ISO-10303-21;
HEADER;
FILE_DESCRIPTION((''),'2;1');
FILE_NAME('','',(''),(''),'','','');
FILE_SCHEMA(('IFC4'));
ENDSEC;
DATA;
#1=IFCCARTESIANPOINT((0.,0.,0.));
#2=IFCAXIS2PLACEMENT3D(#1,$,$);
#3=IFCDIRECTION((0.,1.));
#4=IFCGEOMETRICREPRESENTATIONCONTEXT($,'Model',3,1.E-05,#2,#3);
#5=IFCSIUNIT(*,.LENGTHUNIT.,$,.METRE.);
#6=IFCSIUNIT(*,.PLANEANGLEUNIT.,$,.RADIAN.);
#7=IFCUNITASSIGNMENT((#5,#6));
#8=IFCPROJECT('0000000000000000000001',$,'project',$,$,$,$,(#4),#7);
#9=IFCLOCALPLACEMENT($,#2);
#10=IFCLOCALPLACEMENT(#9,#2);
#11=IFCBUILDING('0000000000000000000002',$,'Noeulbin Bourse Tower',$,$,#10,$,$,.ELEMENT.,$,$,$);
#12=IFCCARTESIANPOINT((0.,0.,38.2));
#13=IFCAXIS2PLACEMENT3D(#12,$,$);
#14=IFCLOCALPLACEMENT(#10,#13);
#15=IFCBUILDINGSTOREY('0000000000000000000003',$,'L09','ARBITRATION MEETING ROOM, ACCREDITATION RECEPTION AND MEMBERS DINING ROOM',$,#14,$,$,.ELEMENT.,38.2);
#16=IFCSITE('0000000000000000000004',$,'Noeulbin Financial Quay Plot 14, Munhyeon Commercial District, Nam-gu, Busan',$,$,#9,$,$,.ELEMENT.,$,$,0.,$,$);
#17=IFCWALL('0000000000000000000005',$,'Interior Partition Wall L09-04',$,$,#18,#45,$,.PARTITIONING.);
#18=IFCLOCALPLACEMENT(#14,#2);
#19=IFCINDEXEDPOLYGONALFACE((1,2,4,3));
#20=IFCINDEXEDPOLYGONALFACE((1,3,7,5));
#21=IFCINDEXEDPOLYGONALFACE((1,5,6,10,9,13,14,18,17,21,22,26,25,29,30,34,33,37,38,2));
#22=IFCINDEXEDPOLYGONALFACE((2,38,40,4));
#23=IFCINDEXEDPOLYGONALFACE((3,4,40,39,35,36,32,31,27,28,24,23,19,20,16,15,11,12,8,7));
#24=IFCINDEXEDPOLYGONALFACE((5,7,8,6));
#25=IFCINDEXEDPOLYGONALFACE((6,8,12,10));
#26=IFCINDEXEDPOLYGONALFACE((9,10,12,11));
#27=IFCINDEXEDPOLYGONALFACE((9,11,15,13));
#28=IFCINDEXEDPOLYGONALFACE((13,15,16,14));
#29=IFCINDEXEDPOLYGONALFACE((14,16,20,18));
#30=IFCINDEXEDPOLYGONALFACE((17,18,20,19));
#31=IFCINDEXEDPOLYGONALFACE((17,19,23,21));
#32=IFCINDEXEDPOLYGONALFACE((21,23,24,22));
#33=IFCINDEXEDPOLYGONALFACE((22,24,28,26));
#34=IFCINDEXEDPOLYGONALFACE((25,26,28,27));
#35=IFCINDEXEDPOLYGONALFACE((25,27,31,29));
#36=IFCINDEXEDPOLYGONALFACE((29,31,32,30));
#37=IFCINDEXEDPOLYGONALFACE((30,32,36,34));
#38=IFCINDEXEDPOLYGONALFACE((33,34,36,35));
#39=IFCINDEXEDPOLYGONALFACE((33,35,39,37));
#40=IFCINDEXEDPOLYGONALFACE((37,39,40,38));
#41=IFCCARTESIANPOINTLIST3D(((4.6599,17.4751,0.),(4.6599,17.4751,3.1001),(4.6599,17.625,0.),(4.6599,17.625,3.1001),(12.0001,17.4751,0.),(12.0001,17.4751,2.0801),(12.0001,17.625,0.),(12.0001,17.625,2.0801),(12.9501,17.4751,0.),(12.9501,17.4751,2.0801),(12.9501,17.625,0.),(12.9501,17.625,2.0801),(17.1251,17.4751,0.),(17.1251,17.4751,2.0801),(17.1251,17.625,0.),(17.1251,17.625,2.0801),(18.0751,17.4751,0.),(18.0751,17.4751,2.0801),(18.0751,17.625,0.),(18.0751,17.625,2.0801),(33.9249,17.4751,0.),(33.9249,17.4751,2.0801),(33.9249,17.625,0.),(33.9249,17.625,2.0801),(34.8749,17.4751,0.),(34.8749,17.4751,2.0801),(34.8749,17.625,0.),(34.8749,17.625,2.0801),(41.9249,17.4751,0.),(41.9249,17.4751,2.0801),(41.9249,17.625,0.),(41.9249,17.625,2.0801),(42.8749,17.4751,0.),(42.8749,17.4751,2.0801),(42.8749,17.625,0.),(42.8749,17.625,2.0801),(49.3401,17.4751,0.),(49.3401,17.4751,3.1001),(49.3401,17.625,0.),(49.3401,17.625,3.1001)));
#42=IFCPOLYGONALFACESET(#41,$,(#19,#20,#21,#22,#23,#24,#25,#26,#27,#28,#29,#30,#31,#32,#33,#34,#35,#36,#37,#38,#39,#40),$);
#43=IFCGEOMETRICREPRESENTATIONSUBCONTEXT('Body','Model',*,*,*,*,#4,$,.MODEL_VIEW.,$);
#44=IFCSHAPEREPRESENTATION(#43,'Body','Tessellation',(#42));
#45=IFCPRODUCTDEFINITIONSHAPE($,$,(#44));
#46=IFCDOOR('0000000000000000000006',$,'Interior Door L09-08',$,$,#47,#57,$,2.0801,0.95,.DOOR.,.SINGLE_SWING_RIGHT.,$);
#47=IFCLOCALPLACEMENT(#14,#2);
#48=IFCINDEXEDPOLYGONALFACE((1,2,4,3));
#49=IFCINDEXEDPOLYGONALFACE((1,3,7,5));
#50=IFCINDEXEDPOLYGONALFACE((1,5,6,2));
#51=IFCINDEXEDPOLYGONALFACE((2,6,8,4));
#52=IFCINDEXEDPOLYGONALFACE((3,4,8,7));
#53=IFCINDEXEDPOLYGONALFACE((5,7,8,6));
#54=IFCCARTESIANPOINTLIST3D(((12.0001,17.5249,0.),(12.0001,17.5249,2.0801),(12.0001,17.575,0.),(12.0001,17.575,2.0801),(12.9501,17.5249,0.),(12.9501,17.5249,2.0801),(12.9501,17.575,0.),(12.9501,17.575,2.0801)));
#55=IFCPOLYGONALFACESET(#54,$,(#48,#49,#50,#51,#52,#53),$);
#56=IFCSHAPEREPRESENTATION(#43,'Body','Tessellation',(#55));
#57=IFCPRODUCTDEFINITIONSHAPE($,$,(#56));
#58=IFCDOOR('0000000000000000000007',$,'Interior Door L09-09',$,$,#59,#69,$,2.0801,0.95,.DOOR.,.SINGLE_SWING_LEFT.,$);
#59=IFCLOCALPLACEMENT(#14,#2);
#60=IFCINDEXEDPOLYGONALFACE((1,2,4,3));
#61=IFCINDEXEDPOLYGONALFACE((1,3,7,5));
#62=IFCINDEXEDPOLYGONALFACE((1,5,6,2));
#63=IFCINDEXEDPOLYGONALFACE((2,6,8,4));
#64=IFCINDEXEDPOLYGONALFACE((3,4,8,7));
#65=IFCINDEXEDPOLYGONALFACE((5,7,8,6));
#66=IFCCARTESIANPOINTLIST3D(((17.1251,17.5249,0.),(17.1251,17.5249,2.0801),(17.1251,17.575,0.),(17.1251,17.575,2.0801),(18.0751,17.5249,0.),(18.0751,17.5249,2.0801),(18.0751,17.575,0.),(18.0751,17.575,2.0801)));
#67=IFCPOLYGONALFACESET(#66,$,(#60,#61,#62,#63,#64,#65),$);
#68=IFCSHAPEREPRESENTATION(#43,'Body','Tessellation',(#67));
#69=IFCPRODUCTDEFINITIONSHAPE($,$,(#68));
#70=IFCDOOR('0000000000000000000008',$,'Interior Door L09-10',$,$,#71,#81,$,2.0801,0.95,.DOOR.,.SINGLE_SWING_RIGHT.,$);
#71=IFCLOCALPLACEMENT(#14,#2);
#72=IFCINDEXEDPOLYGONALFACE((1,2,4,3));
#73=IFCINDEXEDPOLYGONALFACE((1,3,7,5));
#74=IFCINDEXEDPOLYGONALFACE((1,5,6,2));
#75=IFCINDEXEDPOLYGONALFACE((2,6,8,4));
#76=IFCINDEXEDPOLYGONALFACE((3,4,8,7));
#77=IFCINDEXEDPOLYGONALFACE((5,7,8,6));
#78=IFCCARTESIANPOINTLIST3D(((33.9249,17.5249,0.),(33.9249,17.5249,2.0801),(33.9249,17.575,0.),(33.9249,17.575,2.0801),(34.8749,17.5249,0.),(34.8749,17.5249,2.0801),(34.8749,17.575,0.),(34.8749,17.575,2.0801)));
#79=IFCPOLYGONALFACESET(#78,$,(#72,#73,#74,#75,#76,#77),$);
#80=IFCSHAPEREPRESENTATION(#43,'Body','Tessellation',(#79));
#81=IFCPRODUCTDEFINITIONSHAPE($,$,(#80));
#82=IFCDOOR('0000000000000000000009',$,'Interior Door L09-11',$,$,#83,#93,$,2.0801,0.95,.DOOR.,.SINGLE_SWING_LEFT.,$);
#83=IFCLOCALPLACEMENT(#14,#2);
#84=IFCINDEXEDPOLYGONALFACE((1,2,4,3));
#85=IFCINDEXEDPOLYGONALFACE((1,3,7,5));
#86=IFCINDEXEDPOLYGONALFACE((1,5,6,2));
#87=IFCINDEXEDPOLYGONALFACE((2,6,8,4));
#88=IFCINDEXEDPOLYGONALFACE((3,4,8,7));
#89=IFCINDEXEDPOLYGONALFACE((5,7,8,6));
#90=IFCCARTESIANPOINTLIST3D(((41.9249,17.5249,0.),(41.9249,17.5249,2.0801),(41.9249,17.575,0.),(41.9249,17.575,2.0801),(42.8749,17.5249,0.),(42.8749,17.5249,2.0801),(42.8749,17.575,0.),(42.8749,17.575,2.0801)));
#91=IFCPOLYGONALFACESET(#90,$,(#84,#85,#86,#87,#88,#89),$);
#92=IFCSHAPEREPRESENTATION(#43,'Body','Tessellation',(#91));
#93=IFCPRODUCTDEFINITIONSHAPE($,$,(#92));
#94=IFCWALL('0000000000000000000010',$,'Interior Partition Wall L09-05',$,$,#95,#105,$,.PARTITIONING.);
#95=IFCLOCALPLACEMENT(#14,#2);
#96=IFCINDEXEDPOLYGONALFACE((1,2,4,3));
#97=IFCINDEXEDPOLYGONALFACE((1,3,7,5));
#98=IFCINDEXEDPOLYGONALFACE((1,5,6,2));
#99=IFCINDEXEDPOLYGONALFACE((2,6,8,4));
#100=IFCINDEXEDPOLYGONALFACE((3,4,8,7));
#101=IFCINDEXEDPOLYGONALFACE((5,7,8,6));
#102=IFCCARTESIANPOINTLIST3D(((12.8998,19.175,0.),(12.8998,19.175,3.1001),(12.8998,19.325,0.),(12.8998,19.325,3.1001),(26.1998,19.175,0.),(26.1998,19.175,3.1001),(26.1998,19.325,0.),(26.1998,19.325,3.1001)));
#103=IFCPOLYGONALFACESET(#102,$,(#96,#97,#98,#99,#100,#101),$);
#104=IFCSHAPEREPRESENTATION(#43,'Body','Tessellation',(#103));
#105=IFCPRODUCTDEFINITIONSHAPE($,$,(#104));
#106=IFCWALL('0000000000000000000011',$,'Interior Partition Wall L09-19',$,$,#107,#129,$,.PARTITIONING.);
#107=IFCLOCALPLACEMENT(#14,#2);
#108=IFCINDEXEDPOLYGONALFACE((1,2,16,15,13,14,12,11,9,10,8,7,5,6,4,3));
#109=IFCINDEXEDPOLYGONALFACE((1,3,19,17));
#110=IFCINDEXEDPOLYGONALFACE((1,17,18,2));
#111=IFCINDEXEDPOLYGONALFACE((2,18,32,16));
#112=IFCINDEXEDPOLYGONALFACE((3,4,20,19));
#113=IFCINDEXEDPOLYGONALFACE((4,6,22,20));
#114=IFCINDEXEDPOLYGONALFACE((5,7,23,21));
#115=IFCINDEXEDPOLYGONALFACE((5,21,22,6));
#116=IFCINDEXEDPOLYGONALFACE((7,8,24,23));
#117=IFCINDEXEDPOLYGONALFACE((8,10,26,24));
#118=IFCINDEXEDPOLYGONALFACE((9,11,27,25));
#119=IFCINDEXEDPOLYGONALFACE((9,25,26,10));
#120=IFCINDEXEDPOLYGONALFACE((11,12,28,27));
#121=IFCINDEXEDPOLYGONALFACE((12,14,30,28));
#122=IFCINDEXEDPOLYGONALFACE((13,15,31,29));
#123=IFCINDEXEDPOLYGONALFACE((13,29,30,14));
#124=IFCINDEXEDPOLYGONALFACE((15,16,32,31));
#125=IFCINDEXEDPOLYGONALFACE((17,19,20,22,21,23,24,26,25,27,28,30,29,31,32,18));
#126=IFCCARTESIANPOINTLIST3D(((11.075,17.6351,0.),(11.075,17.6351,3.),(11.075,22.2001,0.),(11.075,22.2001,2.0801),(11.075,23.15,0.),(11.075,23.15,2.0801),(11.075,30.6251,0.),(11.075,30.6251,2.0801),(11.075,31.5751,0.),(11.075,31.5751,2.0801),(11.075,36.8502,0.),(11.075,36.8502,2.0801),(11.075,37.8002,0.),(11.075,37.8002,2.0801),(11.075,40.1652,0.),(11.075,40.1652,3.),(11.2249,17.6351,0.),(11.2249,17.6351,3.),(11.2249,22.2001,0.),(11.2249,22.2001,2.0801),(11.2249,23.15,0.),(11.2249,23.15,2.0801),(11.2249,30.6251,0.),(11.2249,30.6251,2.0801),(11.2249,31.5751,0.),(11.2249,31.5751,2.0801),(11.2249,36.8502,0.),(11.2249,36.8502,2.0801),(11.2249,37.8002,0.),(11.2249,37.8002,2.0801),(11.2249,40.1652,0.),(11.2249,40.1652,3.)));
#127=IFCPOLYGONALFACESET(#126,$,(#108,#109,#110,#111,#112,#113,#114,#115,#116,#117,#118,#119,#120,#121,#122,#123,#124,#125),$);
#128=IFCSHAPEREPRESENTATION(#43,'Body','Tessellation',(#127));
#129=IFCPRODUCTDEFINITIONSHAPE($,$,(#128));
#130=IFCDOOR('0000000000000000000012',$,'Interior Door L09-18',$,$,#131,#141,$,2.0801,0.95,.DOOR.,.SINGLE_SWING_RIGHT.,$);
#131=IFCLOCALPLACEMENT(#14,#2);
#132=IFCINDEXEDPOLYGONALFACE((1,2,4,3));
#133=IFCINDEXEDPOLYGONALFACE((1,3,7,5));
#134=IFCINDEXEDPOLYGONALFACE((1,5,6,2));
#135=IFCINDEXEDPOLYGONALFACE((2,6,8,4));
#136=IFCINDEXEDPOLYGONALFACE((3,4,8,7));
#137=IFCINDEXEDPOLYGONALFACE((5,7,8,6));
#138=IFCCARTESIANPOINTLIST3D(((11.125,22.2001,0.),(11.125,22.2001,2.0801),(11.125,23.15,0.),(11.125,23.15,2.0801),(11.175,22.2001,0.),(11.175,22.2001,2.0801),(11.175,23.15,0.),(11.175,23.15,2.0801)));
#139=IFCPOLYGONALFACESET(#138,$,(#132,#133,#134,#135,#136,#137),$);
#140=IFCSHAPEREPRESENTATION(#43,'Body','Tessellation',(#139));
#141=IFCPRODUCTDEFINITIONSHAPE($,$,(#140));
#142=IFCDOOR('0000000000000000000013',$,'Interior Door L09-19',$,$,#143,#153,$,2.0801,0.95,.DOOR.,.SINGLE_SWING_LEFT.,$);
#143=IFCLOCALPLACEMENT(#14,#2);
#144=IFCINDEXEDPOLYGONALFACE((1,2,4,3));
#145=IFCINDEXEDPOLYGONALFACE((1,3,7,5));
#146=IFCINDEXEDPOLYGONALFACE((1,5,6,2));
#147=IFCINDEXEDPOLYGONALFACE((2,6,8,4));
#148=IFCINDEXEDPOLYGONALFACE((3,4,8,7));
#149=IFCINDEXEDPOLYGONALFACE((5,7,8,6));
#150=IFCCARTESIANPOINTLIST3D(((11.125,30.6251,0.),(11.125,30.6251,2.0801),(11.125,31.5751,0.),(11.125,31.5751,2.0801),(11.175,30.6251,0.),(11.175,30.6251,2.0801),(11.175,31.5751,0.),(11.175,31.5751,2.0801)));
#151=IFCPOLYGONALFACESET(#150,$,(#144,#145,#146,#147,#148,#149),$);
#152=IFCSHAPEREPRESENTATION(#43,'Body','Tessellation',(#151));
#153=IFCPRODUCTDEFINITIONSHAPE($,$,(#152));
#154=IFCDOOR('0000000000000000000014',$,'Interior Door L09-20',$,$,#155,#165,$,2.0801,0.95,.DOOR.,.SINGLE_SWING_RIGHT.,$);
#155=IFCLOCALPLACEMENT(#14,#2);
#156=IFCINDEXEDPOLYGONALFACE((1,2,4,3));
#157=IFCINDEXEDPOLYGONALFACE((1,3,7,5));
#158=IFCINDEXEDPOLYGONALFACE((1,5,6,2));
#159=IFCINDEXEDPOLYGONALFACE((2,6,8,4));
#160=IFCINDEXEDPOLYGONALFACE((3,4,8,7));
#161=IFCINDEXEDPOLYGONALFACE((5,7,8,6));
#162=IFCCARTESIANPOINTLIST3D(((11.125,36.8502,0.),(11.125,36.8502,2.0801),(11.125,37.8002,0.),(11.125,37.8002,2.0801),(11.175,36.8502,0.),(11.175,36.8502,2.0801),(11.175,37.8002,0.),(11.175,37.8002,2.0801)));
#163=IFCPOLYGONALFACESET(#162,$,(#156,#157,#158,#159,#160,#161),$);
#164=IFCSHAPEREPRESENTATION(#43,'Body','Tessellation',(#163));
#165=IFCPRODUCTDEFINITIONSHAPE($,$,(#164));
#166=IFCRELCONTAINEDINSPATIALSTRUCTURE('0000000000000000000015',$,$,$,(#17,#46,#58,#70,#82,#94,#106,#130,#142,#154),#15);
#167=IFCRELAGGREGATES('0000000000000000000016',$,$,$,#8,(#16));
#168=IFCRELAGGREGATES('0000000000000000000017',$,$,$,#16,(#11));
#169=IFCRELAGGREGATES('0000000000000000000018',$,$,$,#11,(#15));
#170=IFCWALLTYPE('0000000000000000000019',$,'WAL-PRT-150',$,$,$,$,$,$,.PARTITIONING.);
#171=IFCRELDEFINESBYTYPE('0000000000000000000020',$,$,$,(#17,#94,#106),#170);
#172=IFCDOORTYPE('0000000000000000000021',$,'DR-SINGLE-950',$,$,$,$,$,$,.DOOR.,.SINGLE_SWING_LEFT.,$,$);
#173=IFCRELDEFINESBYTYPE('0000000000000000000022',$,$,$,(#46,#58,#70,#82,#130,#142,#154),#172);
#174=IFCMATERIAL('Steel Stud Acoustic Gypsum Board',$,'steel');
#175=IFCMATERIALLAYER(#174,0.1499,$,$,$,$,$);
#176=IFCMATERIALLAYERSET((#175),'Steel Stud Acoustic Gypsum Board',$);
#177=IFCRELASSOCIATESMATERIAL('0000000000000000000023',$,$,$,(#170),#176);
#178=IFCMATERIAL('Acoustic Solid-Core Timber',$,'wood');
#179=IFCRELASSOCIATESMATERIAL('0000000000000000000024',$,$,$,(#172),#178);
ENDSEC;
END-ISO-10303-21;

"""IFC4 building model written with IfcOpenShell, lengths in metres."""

from ifc_helpers import new_model, si_unit, direction, frame, frame_2d, origin, place, context, subcontext, project, spatial, rectangle, extrude, material, layer, layer_set, type_object, element, fill, save


model = new_model("IFC4")

# Units and contexts
model_context = context("Model", 3, precision=1e-05, world=origin(), true_north=direction((0.0, 1.0)))
body_context = subcontext(model_context, "Body", "Model", "MODEL_VIEW")
ifc_project = project(units=[si_unit("LENGTHUNIT", "METRE"), si_unit("PLANEANGLEUNIT", "RADIAN")], contexts=[model_context])

# Site, building, storey
site_placement = place(None, origin())
site = spatial("IfcSite", under=ifc_project, at=site_placement, Name="Noeulbin Financial Quay Plot 14, Munhyeon Commercial District, Nam-gu, Busan", CompositionType="ELEMENT", RefElevation=0.0)
building_placement = place(site_placement, origin())
building = spatial("IfcBuilding", under=site, at=building_placement, Name="Noeulbin Bourse Tower", CompositionType="ELEMENT")
storey_placement = place(building_placement, frame((0.0, 0.0, 38.2)))
storey = spatial("IfcBuildingStorey", under=building, at=storey_placement, Name="L09", Description="ARBITRATION MEETING ROOM, ACCREDITATION RECEPTION AND MEMBERS DINING ROOM", CompositionType="ELEMENT", Elevation=38.2)

# Wall, openings, doors
ifc_material_1 = material(Name="Steel Stud Acoustic Gypsum Board", Category="steel")
ifc_layer_1 = layer(ifc_material_1, 0.1499)
ifc_layer_set_1 = layer_set([ifc_layer_1], Name="Steel Stud Acoustic Gypsum Board")
wall_type = type_object("IfcWallType", Name="WAL-PRT-150", PredefinedType="PARTITIONING", material=ifc_layer_set_1)
wall_1_placement = place(storey_placement, frame((4.6599, 17.55, 0.0), z_axis=(0.0, 0.0, 1.0), x_axis=(1.0, 0.0, 0.0)))
wall_1 = element("IfcWall", 1, at=wall_1_placement, inside=storey, type_object=wall_type, Name="Interior Partition Wall L09-04", PredefinedType="PARTITIONING", context=body_context, shape_type="SweptSolid", body=[
    extrude(rectangle(XDim=44.6802, YDim=0.1499, at=frame_2d((22.3401, 0.0))), origin(), (0.0, 0.0, 1.0), 3.1001),
])
opening_1_placement = place(wall_1_placement, frame((7.3401, 0.0, 0.0)))
opening_1 = element("IfcOpeningElement", 2, at=opening_1_placement, cuts=wall_1, PredefinedType="OPENING", context=body_context, shape_type="SweptSolid", body=[
    extrude(rectangle(XDim=0.95, YDim=2.0801, at=frame_2d((0.4751, 1.04))), frame((0.0, 0.085, 0.0), z_axis=(0.0, -1.0, 0.0), x_axis=(1.0, 0.0, 0.0)), (0.0, 0.0, 1.0), 0.1699),
])
opening_2_placement = place(wall_1_placement, frame((12.4651, 0.0, 0.0)))
opening_2 = element("IfcOpeningElement", 3, at=opening_2_placement, cuts=wall_1, PredefinedType="OPENING", context=body_context, shape_type="SweptSolid", body=[
    extrude(rectangle(XDim=0.95, YDim=2.0801, at=frame_2d((0.4751, 1.04))), frame((0.0, 0.085, 0.0), z_axis=(0.0, -1.0, 0.0), x_axis=(1.0, 0.0, 0.0)), (0.0, 0.0, 1.0), 0.1699),
])
opening_3_placement = place(wall_1_placement, frame((29.2649, 0.0, 0.0)))
opening_3 = element("IfcOpeningElement", 4, at=opening_3_placement, cuts=wall_1, PredefinedType="OPENING", context=body_context, shape_type="SweptSolid", body=[
    extrude(rectangle(XDim=0.95, YDim=2.0801, at=frame_2d((0.4751, 1.04))), frame((0.0, 0.085, 0.0), z_axis=(0.0, -1.0, 0.0), x_axis=(1.0, 0.0, 0.0)), (0.0, 0.0, 1.0), 0.1699),
])
opening_4_placement = place(wall_1_placement, frame((37.2649, 0.0, 0.0)))
opening_4 = element("IfcOpeningElement", 5, at=opening_4_placement, cuts=wall_1, PredefinedType="OPENING", context=body_context, shape_type="SweptSolid", body=[
    extrude(rectangle(XDim=0.95, YDim=2.0801, at=frame_2d((0.4751, 1.04))), frame((0.0, 0.085, 0.0), z_axis=(0.0, -1.0, 0.0), x_axis=(1.0, 0.0, 0.0)), (0.0, 0.0, 1.0), 0.1699),
])
ifc_material_2 = material(Name="Acoustic Solid-Core Timber", Category="wood")
door_type = type_object("IfcDoorType", Name="DR-SINGLE-950", OperationType="SINGLE_SWING_LEFT", PredefinedType="DOOR", material=ifc_material_2)
door_1_placement = place(opening_1_placement, origin())
door_1 = element("IfcDoor", 6, at=door_1_placement, inside=storey, type_object=door_type, Name="Interior Door L09-08", OperationType="SINGLE_SWING_RIGHT", OverallHeight=2.0801, OverallWidth=0.95, PredefinedType="DOOR", context=body_context, shape_type="SweptSolid", body=[
    extrude(rectangle(XDim=0.95, YDim=2.0801, at=frame_2d((0.4751, 1.04))), frame((0.0, 0.0249, 0.0), z_axis=(0.0, -1.0, 0.0), x_axis=(1.0, 0.0, 0.0)), (0.0, 0.0, 1.0), 0.05),
])
fill(opening_1, door_1)
door_2_placement = place(opening_2_placement, origin())
door_2 = element("IfcDoor", 7, at=door_2_placement, inside=storey, type_object=door_type, Name="Interior Door L09-09", OperationType="SINGLE_SWING_LEFT", OverallHeight=2.0801, OverallWidth=0.95, PredefinedType="DOOR", context=body_context, shape_type="SweptSolid", body=[
    extrude(rectangle(XDim=0.95, YDim=2.0801, at=frame_2d((0.4751, 1.04))), frame((0.0, 0.0249, 0.0), z_axis=(0.0, -1.0, 0.0), x_axis=(1.0, 0.0, 0.0)), (0.0, 0.0, 1.0), 0.05),
])
fill(opening_2, door_2)
door_3_placement = place(opening_3_placement, origin())
door_3 = element("IfcDoor", 8, at=door_3_placement, inside=storey, type_object=door_type, Name="Interior Door L09-10", OperationType="SINGLE_SWING_RIGHT", OverallHeight=2.0801, OverallWidth=0.95, PredefinedType="DOOR", context=body_context, shape_type="SweptSolid", body=[
    extrude(rectangle(XDim=0.95, YDim=2.0801, at=frame_2d((0.4751, 1.04))), frame((0.0, 0.0249, 0.0), z_axis=(0.0, -1.0, 0.0), x_axis=(1.0, 0.0, 0.0)), (0.0, 0.0, 1.0), 0.05),
])
fill(opening_3, door_3)
door_4_placement = place(opening_4_placement, origin())
door_4 = element("IfcDoor", 9, at=door_4_placement, inside=storey, type_object=door_type, Name="Interior Door L09-11", OperationType="SINGLE_SWING_LEFT", OverallHeight=2.0801, OverallWidth=0.95, PredefinedType="DOOR", context=body_context, shape_type="SweptSolid", body=[
    extrude(rectangle(XDim=0.95, YDim=2.0801, at=frame_2d((0.4751, 1.04))), frame((0.0, 0.0249, 0.0), z_axis=(0.0, -1.0, 0.0), x_axis=(1.0, 0.0, 0.0)), (0.0, 0.0, 1.0), 0.05),
])
fill(opening_4, door_4)

# Wall
wall_2_placement = place(storey_placement, frame((12.8999, 19.25, 0.0), z_axis=(0.0, 0.0, 1.0), x_axis=(1.0, 0.0, 0.0)))
element("IfcWall", 10, at=wall_2_placement, inside=storey, type_object=wall_type, Name="Interior Partition Wall L09-05", PredefinedType="PARTITIONING", context=body_context, shape_type="SweptSolid", body=[
    extrude(rectangle(XDim=13.3, YDim=0.1499, at=frame_2d((6.6499, 0.0))), origin(), (0.0, 0.0, 1.0), 3.1001),
])

# Wall, openings, doors
wall_3_placement = place(storey_placement, frame((11.1499, 17.635, 0.0), z_axis=(0.0, 0.0, 1.0), x_axis=(0.0, 1.0, 0.0)))
wall_3 = element("IfcWall", 11, at=wall_3_placement, inside=storey, type_object=wall_type, Name="Interior Partition Wall L09-19", PredefinedType="PARTITIONING", context=body_context, shape_type="SweptSolid", body=[
    extrude(rectangle(XDim=22.53, YDim=0.1499, at=frame_2d((11.2651, 0.0))), origin(), (0.0, 0.0, 1.0), 3.0),
])
opening_5_placement = place(wall_3_placement, frame((4.5649, 0.0, 0.0)))
opening_5 = element("IfcOpeningElement", 12, at=opening_5_placement, cuts=wall_3, PredefinedType="OPENING", context=body_context, shape_type="SweptSolid", body=[
    extrude(rectangle(XDim=0.95, YDim=2.0801, at=frame_2d((0.4751, 1.04))), frame((0.0, 0.085, 0.0), z_axis=(0.0, -1.0, 0.0), x_axis=(1.0, 0.0, 0.0)), (0.0, 0.0, 1.0), 0.1699),
])
opening_6_placement = place(wall_3_placement, frame((12.99, 0.0, 0.0)))
opening_6 = element("IfcOpeningElement", 13, at=opening_6_placement, cuts=wall_3, PredefinedType="OPENING", context=body_context, shape_type="SweptSolid", body=[
    extrude(rectangle(XDim=0.95, YDim=2.0801, at=frame_2d((0.4751, 1.04))), frame((0.0, 0.085, 0.0), z_axis=(0.0, -1.0, 0.0), x_axis=(1.0, 0.0, 0.0)), (0.0, 0.0, 1.0), 0.1699),
])
opening_7_placement = place(wall_3_placement, frame((19.2151, 0.0, 0.0)))
opening_7 = element("IfcOpeningElement", 14, at=opening_7_placement, cuts=wall_3, PredefinedType="OPENING", context=body_context, shape_type="SweptSolid", body=[
    extrude(rectangle(XDim=0.95, YDim=2.0801, at=frame_2d((0.4751, 1.04))), frame((0.0, 0.085, 0.0), z_axis=(0.0, -1.0, 0.0), x_axis=(1.0, 0.0, 0.0)), (0.0, 0.0, 1.0), 0.1699),
])
door_5_placement = place(opening_5_placement, origin())
door_5 = element("IfcDoor", 15, at=door_5_placement, inside=storey, type_object=door_type, Name="Interior Door L09-18", OperationType="SINGLE_SWING_RIGHT", OverallHeight=2.0801, OverallWidth=0.95, PredefinedType="DOOR", context=body_context, shape_type="SweptSolid", body=[
    extrude(rectangle(XDim=0.95, YDim=2.0801, at=frame_2d((0.4751, 1.04))), frame((0.0, 0.0249, 0.0), z_axis=(0.0, -1.0, 0.0), x_axis=(1.0, 0.0, 0.0)), (0.0, 0.0, 1.0), 0.05),
])
fill(opening_5, door_5)
door_6_placement = place(opening_6_placement, origin())
door_6 = element("IfcDoor", 16, at=door_6_placement, inside=storey, type_object=door_type, Name="Interior Door L09-19", OperationType="SINGLE_SWING_LEFT", OverallHeight=2.0801, OverallWidth=0.95, PredefinedType="DOOR", context=body_context, shape_type="SweptSolid", body=[
    extrude(rectangle(XDim=0.95, YDim=2.0801, at=frame_2d((0.4751, 1.04))), frame((0.0, 0.0249, 0.0), z_axis=(0.0, -1.0, 0.0), x_axis=(1.0, 0.0, 0.0)), (0.0, 0.0, 1.0), 0.05),
])
fill(opening_6, door_6)
door_7_placement = place(opening_7_placement, origin())
door_7 = element("IfcDoor", 17, at=door_7_placement, inside=storey, type_object=door_type, Name="Interior Door L09-20", OperationType="SINGLE_SWING_RIGHT", OverallHeight=2.0801, OverallWidth=0.95, PredefinedType="DOOR", context=body_context, shape_type="SweptSolid", body=[
    extrude(rectangle(XDim=0.95, YDim=2.0801, at=frame_2d((0.4751, 1.04))), frame((0.0, 0.0249, 0.0), z_axis=(0.0, -1.0, 0.0), x_axis=(1.0, 0.0, 0.0)), (0.0, 0.0, 1.0), 0.05),
])
fill(opening_7, door_7)

save(model, "model.ifc")
